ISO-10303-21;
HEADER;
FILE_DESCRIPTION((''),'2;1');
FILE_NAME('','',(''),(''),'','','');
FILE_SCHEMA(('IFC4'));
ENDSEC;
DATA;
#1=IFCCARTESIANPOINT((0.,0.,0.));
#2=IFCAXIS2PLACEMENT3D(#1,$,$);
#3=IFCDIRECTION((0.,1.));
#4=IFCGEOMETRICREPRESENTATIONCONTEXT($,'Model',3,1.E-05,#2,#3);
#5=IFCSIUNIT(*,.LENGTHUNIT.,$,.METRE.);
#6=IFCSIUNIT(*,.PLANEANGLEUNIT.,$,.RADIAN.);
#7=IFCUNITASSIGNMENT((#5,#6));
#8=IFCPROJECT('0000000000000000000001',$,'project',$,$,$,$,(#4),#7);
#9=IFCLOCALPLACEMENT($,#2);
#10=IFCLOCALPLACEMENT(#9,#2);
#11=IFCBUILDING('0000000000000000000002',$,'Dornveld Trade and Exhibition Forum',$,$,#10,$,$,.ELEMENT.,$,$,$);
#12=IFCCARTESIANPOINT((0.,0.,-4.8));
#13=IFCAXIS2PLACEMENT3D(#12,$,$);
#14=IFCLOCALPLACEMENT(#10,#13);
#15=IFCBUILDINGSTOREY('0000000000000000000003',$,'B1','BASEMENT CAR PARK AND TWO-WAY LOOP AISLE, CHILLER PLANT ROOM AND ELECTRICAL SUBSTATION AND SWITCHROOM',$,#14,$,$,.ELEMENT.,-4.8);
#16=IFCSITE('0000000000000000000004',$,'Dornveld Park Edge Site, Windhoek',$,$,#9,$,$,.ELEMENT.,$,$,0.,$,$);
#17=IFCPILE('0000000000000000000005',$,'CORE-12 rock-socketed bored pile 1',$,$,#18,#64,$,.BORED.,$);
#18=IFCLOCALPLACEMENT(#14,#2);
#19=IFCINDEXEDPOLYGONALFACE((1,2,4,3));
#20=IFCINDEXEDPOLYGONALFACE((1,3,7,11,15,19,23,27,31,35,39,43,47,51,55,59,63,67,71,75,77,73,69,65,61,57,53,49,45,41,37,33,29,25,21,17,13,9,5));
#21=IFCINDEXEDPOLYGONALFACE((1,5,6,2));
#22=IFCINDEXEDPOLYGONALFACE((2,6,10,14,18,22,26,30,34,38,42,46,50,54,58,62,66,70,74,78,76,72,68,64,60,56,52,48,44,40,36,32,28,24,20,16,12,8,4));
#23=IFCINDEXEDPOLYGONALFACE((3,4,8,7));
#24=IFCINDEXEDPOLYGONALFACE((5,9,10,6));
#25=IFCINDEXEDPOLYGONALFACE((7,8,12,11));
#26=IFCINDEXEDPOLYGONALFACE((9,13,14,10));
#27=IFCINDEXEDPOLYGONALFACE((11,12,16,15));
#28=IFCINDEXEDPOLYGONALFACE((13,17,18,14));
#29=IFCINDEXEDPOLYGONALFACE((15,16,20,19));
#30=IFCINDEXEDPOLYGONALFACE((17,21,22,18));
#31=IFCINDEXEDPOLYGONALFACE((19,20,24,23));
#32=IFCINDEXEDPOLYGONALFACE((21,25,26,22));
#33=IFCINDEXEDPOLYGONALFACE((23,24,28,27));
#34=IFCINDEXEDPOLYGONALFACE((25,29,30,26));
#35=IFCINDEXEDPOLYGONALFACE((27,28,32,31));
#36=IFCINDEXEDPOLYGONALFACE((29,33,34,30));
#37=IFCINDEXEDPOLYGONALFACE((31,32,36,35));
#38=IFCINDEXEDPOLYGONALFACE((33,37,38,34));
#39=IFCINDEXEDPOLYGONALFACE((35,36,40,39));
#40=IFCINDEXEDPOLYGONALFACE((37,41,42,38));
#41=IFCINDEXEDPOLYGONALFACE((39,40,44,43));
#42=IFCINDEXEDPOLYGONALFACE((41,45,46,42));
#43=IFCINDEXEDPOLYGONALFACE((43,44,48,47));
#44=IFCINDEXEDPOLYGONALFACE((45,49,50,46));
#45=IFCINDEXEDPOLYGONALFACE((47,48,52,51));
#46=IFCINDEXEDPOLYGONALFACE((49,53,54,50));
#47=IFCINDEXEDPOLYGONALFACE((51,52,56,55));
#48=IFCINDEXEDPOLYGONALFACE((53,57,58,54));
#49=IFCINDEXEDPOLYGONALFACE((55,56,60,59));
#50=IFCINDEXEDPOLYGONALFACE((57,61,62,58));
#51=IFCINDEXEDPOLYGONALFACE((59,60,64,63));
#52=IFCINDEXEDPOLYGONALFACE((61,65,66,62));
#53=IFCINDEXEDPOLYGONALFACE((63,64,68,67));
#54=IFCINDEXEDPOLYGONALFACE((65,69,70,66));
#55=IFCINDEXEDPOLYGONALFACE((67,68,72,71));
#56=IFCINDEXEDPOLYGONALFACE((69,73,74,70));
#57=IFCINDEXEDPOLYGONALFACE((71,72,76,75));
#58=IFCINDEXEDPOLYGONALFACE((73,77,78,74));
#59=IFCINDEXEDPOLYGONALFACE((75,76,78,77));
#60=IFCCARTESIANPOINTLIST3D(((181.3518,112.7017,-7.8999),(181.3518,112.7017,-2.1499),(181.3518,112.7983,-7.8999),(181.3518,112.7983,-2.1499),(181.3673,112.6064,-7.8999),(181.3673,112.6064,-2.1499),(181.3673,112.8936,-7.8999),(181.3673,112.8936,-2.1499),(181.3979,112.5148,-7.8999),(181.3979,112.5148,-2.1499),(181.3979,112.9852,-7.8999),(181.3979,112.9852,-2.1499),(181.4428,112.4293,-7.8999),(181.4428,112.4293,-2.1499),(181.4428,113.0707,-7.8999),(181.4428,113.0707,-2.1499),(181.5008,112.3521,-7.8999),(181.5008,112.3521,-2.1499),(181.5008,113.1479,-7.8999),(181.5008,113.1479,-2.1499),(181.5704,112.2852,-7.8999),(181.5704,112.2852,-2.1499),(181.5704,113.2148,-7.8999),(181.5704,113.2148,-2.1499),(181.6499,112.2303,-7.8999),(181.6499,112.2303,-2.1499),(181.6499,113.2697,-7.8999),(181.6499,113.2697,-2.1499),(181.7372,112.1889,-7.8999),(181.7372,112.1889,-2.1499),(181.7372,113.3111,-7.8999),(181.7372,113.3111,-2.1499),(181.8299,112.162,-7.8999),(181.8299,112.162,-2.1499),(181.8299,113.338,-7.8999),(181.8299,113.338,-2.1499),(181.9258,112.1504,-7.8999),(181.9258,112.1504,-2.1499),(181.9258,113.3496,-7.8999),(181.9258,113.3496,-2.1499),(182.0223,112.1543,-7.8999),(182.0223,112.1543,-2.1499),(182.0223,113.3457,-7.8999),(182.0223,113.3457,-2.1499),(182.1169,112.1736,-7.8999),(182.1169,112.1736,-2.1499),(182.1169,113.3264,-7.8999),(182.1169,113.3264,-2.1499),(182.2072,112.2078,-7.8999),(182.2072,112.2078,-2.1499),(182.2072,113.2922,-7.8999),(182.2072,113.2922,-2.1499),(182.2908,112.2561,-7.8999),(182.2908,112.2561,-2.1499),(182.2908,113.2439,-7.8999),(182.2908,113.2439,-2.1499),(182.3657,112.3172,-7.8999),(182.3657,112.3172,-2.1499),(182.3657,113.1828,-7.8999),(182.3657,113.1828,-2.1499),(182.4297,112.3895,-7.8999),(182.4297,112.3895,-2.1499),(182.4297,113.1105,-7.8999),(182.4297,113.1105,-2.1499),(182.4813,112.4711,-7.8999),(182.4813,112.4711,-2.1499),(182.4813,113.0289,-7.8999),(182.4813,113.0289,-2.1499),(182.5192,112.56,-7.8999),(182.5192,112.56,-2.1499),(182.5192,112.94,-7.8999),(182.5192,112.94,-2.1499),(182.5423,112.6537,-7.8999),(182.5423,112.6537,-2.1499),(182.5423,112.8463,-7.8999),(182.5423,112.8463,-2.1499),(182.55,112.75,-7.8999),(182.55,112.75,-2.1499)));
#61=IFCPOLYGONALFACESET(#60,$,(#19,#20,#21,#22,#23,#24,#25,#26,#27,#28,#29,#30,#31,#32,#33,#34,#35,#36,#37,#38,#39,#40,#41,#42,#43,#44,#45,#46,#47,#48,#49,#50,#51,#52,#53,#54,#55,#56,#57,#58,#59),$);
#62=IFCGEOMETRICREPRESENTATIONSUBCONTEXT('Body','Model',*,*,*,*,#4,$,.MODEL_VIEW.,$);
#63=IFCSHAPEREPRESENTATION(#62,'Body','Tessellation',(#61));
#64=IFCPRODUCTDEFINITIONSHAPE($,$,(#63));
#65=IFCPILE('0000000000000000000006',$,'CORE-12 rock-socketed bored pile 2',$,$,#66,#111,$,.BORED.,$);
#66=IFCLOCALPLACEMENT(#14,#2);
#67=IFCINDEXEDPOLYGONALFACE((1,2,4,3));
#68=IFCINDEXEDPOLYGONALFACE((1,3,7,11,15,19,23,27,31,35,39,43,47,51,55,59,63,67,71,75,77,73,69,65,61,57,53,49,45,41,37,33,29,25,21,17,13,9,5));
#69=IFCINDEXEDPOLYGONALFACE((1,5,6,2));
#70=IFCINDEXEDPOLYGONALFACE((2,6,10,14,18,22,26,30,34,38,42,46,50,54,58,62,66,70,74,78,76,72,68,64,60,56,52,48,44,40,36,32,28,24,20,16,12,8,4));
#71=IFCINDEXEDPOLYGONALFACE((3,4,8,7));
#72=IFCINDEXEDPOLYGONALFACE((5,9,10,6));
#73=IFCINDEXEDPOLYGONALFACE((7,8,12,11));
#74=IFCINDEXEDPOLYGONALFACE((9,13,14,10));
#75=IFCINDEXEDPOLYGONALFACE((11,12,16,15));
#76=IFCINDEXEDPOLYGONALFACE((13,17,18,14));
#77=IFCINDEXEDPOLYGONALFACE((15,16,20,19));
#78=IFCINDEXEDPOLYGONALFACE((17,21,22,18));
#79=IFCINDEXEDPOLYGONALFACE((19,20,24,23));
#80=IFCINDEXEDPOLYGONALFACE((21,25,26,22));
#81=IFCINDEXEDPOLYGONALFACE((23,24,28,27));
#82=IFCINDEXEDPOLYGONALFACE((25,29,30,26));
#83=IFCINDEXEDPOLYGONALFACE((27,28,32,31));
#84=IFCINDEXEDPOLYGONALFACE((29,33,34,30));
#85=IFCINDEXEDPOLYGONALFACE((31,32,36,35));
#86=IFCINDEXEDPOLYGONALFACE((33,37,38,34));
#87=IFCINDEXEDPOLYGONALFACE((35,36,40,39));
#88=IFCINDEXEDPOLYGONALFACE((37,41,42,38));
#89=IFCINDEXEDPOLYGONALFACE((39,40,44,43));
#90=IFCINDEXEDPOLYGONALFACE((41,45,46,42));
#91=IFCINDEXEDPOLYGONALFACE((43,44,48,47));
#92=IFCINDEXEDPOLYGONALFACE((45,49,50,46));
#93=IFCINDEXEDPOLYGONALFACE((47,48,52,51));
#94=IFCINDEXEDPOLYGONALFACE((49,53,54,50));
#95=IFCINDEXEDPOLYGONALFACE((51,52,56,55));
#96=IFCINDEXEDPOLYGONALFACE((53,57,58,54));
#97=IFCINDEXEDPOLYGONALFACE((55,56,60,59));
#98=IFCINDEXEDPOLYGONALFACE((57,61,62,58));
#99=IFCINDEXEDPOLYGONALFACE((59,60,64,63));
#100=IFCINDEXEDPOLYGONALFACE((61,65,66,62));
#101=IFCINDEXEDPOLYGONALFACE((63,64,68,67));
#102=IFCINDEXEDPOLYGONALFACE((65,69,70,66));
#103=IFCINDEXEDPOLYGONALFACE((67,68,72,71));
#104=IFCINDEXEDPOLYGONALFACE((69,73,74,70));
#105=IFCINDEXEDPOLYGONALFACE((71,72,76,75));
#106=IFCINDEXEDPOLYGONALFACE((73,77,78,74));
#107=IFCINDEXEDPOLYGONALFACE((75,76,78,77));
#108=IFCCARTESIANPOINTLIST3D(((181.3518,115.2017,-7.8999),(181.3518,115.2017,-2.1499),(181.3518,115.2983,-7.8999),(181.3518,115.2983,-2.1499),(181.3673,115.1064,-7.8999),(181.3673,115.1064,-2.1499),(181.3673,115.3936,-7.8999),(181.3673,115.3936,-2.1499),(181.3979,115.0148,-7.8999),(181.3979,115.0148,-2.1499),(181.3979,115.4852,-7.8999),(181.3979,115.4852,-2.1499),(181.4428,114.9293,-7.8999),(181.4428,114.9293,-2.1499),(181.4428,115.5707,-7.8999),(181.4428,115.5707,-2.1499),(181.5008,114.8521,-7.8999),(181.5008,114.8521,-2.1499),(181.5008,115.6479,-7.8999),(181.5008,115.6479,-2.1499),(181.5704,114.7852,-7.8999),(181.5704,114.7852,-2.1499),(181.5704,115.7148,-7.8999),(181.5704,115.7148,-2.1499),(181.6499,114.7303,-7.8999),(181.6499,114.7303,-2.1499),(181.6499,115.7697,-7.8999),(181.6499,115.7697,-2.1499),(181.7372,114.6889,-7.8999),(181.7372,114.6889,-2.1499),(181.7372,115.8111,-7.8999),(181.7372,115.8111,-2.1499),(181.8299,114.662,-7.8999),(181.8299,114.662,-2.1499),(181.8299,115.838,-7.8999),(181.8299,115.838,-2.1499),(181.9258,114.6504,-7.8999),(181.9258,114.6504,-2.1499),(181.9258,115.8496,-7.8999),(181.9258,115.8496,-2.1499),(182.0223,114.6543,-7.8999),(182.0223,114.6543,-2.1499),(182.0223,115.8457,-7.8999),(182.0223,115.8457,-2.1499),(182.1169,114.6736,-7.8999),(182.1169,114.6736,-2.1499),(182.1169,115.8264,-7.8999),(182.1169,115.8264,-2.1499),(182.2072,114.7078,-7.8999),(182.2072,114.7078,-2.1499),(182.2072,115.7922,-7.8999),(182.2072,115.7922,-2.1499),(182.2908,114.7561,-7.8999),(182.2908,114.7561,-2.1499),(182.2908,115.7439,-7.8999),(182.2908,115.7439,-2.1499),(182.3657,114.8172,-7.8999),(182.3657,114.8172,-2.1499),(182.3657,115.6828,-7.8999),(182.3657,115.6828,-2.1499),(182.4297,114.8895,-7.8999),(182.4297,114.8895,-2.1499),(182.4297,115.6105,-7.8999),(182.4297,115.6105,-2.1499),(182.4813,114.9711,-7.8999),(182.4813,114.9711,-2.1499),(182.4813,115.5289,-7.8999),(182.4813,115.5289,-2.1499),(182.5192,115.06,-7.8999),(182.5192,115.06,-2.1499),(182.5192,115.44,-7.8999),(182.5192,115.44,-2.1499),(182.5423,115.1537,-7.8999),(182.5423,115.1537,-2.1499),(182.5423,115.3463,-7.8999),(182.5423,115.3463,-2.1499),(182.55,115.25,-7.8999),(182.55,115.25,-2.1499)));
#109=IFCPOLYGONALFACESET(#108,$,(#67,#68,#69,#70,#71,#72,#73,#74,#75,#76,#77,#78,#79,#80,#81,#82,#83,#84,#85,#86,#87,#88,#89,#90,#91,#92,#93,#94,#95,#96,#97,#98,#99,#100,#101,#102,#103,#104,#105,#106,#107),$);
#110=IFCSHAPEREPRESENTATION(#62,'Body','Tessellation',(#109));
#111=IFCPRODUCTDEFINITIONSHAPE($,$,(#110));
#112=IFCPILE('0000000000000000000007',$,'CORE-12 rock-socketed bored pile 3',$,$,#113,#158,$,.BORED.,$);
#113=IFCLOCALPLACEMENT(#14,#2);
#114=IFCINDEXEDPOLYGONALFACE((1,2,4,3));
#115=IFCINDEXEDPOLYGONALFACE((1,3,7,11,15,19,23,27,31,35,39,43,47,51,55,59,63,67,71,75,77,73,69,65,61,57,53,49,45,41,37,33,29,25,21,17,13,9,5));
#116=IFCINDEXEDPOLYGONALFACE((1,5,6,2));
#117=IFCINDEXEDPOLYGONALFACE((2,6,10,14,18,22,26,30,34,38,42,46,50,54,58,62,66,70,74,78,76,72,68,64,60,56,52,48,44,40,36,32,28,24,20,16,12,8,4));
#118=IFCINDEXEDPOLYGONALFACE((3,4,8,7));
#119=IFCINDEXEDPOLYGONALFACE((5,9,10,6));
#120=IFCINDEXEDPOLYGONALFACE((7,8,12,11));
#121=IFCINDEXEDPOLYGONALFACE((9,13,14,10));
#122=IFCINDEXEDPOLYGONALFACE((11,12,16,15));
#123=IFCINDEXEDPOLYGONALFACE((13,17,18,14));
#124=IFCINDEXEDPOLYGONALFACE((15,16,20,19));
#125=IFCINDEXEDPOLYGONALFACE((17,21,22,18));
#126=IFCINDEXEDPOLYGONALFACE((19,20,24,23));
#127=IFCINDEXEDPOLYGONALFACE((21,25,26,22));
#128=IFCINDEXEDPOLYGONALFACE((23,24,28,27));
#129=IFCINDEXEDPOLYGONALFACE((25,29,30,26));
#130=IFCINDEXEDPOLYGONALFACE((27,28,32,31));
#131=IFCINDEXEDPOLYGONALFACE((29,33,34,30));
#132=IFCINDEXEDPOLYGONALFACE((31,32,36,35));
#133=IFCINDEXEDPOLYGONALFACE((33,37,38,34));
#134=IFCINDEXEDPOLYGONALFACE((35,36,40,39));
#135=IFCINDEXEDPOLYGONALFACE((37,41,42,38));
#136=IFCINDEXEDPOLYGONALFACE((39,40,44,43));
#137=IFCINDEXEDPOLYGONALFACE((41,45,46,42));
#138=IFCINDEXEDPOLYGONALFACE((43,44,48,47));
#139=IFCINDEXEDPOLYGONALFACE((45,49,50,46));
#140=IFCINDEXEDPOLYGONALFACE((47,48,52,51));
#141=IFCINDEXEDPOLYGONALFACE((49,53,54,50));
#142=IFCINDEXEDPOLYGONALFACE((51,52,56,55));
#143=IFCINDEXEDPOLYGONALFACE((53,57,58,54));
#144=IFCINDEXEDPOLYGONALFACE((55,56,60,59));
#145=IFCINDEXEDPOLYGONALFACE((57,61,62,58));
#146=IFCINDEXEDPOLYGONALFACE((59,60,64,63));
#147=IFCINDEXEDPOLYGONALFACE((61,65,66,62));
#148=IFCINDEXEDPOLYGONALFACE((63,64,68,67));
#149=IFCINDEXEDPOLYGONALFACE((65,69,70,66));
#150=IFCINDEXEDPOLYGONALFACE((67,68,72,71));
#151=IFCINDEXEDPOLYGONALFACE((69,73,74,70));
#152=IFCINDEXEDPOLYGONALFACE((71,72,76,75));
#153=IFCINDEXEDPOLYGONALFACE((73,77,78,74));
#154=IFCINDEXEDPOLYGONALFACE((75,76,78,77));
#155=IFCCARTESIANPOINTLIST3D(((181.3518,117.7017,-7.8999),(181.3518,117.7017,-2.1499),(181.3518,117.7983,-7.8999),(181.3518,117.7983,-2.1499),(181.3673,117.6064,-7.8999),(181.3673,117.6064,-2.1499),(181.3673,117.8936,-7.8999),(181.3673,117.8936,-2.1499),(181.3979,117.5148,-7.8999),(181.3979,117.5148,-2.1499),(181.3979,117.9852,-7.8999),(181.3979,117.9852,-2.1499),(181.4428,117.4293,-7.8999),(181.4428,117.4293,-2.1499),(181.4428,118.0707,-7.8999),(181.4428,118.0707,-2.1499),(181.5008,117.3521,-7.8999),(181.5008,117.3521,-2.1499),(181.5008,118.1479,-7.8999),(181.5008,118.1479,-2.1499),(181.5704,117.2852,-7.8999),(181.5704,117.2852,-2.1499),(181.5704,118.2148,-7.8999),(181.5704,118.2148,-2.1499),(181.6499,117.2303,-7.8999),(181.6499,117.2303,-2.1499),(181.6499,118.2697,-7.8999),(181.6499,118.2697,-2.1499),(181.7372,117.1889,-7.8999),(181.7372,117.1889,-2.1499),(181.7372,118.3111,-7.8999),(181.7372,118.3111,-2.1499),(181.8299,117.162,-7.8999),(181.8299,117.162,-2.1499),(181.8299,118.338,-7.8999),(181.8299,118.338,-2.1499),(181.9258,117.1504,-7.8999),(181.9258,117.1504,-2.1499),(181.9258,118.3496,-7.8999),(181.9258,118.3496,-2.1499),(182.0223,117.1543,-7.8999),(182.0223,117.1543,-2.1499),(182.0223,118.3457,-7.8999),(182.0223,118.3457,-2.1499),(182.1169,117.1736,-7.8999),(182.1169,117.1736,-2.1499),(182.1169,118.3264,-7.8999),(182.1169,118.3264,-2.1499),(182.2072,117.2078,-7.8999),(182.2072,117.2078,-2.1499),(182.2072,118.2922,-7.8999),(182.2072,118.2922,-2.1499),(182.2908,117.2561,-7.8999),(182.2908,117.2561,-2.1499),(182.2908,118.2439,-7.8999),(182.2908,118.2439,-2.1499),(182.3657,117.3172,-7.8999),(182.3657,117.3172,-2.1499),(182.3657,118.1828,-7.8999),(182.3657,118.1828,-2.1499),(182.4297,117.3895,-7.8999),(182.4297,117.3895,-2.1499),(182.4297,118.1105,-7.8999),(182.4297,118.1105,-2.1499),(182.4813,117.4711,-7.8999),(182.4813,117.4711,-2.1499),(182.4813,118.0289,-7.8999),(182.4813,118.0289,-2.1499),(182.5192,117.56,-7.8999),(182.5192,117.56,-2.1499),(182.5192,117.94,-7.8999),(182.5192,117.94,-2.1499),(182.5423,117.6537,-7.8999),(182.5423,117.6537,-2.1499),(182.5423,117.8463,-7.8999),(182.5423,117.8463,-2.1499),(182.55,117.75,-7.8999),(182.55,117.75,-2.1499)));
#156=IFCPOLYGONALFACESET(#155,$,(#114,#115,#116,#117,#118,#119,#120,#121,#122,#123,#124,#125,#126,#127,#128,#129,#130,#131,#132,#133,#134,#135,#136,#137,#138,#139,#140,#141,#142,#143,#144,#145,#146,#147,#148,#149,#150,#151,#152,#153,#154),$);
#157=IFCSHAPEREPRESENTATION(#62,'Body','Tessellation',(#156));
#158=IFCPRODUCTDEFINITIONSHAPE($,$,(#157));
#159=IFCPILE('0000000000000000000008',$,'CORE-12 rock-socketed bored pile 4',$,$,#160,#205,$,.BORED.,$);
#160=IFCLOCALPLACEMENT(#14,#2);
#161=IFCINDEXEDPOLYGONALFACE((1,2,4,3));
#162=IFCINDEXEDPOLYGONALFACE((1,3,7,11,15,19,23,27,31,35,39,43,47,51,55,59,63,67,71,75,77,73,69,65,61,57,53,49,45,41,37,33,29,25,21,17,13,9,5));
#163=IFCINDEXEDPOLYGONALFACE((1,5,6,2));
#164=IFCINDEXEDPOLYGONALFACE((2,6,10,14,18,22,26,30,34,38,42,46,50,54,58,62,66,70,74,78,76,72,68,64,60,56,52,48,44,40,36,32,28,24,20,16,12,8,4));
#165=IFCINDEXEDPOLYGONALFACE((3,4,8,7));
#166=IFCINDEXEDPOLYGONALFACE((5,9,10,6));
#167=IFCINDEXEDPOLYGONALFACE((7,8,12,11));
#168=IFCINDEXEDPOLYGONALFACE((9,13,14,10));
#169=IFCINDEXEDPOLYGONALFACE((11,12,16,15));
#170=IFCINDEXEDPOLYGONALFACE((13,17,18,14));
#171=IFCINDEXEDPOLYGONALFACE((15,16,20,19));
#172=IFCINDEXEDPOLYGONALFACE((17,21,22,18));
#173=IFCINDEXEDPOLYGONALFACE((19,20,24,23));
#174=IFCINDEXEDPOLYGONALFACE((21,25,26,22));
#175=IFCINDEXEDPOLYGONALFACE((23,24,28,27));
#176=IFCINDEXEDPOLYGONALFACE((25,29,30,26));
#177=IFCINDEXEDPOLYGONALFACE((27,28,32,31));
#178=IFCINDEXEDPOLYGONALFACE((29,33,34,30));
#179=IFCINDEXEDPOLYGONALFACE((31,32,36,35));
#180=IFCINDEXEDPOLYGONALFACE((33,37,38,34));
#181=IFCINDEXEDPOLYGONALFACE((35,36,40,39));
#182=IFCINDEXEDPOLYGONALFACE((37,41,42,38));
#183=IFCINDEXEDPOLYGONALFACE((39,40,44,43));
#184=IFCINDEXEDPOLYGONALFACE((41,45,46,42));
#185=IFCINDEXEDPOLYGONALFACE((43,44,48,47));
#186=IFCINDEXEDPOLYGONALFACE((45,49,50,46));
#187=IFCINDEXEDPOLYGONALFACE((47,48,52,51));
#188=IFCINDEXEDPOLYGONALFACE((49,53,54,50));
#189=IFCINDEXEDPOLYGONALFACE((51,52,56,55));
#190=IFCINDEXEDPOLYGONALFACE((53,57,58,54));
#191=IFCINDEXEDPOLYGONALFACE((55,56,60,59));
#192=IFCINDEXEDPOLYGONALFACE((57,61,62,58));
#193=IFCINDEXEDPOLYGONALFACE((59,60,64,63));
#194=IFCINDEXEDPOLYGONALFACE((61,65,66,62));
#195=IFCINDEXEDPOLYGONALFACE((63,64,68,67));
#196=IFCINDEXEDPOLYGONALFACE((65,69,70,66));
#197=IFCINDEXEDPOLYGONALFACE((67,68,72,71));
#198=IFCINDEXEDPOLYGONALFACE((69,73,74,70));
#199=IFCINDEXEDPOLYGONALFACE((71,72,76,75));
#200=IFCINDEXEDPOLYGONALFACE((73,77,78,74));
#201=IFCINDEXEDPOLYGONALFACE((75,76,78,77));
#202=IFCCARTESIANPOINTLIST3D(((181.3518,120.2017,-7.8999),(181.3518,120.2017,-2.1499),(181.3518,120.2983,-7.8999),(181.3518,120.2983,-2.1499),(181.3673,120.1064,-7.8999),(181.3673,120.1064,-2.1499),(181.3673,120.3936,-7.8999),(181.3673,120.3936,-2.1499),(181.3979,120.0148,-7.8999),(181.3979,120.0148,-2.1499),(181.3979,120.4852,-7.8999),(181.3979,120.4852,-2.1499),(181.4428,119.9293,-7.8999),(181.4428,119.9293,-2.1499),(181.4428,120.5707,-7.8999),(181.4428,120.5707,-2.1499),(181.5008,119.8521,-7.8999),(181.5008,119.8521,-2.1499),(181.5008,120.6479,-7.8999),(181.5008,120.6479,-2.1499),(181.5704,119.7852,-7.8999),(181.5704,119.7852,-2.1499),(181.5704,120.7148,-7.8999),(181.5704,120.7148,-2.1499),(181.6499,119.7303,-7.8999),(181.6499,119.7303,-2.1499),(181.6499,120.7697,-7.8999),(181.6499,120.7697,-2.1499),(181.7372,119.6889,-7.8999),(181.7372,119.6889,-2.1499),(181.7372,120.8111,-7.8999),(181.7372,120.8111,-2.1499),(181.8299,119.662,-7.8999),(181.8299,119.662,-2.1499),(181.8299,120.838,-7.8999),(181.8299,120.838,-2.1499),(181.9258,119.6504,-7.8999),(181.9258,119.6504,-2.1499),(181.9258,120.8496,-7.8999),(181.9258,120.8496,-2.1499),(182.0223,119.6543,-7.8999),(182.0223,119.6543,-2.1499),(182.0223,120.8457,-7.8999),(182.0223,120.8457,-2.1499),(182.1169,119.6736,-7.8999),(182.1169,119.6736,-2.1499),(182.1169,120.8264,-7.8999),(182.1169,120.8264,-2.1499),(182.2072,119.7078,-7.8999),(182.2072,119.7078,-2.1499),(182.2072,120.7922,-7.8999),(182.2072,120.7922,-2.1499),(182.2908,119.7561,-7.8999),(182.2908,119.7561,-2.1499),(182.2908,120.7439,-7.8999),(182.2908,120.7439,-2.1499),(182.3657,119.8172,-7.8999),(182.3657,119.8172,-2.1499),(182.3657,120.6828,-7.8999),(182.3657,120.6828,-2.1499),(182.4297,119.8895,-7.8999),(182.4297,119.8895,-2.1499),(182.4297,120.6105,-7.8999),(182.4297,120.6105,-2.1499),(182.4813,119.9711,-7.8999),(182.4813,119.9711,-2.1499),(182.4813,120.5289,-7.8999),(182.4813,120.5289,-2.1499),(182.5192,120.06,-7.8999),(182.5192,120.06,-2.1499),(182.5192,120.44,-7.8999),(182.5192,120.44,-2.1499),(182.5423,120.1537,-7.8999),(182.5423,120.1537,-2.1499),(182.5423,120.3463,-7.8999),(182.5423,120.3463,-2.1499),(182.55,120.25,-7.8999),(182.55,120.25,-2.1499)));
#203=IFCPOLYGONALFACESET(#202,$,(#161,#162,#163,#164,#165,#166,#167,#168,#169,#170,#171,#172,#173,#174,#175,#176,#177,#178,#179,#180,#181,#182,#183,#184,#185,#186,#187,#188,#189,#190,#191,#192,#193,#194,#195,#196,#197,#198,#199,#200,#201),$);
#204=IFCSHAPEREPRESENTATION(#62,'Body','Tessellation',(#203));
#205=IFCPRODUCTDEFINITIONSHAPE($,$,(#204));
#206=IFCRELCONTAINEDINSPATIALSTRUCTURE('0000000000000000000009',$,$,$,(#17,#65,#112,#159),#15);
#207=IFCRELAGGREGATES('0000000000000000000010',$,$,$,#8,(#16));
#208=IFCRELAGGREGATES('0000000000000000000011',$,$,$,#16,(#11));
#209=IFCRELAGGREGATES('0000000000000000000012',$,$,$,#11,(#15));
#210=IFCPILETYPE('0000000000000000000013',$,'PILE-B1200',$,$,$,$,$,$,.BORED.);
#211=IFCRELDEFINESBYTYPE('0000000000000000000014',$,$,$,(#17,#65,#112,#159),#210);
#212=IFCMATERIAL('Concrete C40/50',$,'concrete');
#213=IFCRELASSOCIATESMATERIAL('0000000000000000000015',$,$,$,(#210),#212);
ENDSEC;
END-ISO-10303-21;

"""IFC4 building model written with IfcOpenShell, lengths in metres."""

from ifc_helpers import new_model, si_unit, direction, frame, origin, origin_2d, place, context, subcontext, project, spatial, circle, extrude, material, material_profile, profile_set, type_object, element, save


model = new_model("IFC4")

# Units and contexts
model_context = context("Model", 3, precision=1e-05, world=origin(), true_north=direction((0.0, 1.0)))
body_context = subcontext(model_context, "Body", "Model", "MODEL_VIEW")
ifc_project = project(units=[si_unit("LENGTHUNIT", "METRE"), si_unit("PLANEANGLEUNIT", "RADIAN")], contexts=[model_context])

# Site, building, storey
site_placement = place(None, origin())
site = spatial("IfcSite", under=ifc_project, at=site_placement, Name="Dornveld Park Edge Site, Windhoek", CompositionType="ELEMENT", RefElevation=0.0)
building_placement = place(site_placement, origin())
building = spatial("IfcBuilding", under=site, at=building_placement, Name="Dornveld Trade and Exhibition Forum", CompositionType="ELEMENT")
storey_placement = place(building_placement, frame((0.0, 0.0, -4.8)))
storey = spatial("IfcBuildingStorey", under=building, at=storey_placement, Name="B1", Description="BASEMENT CAR PARK AND TWO-WAY LOOP AISLE, CHILLER PLANT ROOM AND ELECTRICAL SUBSTATION AND SWITCHROOM", CompositionType="ELEMENT", Elevation=-4.8)

# Piles
ifc_material_1 = material(Name="Concrete C40/50", Category="concrete")
ifc_material_profile_1 = material_profile(ifc_material_1, circle(Radius=0.6001, at=origin_2d()), Name="PILE D1200")
ifc_profile_set_1 = profile_set([ifc_material_profile_1], Name="Concrete C40/50")
pile_type_1 = type_object("IfcPileType", Name="PILE-B1200", PredefinedType="BORED", material=ifc_profile_set_1)
for number, where, z_axis, x_axis, name in (
    (1, (181.95, 112.75, -2.1499), (0.0, 0.0, -1.0), (1.0, 0.0, 0.0), "CORE-12 rock-socketed bored pile 1"),
    (2, (181.95, 115.25, -2.1499), (0.0, 0.0, -1.0), (1.0, 0.0, 0.0), "CORE-12 rock-socketed bored pile 2"),
    (3, (181.95, 117.75, -2.1499), (0.0, 0.0, -1.0), (1.0, 0.0, 0.0), "CORE-12 rock-socketed bored pile 3"),
    (4, (181.95, 120.25, -2.1499), (0.0, 0.0, -1.0), (1.0, 0.0, 0.0), "CORE-12 rock-socketed bored pile 4"),
):
    element("IfcPile", number, at=place(storey_placement, frame(where, z_axis=z_axis, x_axis=x_axis)), inside=storey, type_object=pile_type_1, Name=name, PredefinedType="BORED", context=body_context, shape_type="SweptSolid", body=[
        extrude(circle(Radius=0.6001, at=origin_2d()), origin(), (0.0, 0.0, 1.0), 5.75),
    ])

save(model, "model.ifc")
